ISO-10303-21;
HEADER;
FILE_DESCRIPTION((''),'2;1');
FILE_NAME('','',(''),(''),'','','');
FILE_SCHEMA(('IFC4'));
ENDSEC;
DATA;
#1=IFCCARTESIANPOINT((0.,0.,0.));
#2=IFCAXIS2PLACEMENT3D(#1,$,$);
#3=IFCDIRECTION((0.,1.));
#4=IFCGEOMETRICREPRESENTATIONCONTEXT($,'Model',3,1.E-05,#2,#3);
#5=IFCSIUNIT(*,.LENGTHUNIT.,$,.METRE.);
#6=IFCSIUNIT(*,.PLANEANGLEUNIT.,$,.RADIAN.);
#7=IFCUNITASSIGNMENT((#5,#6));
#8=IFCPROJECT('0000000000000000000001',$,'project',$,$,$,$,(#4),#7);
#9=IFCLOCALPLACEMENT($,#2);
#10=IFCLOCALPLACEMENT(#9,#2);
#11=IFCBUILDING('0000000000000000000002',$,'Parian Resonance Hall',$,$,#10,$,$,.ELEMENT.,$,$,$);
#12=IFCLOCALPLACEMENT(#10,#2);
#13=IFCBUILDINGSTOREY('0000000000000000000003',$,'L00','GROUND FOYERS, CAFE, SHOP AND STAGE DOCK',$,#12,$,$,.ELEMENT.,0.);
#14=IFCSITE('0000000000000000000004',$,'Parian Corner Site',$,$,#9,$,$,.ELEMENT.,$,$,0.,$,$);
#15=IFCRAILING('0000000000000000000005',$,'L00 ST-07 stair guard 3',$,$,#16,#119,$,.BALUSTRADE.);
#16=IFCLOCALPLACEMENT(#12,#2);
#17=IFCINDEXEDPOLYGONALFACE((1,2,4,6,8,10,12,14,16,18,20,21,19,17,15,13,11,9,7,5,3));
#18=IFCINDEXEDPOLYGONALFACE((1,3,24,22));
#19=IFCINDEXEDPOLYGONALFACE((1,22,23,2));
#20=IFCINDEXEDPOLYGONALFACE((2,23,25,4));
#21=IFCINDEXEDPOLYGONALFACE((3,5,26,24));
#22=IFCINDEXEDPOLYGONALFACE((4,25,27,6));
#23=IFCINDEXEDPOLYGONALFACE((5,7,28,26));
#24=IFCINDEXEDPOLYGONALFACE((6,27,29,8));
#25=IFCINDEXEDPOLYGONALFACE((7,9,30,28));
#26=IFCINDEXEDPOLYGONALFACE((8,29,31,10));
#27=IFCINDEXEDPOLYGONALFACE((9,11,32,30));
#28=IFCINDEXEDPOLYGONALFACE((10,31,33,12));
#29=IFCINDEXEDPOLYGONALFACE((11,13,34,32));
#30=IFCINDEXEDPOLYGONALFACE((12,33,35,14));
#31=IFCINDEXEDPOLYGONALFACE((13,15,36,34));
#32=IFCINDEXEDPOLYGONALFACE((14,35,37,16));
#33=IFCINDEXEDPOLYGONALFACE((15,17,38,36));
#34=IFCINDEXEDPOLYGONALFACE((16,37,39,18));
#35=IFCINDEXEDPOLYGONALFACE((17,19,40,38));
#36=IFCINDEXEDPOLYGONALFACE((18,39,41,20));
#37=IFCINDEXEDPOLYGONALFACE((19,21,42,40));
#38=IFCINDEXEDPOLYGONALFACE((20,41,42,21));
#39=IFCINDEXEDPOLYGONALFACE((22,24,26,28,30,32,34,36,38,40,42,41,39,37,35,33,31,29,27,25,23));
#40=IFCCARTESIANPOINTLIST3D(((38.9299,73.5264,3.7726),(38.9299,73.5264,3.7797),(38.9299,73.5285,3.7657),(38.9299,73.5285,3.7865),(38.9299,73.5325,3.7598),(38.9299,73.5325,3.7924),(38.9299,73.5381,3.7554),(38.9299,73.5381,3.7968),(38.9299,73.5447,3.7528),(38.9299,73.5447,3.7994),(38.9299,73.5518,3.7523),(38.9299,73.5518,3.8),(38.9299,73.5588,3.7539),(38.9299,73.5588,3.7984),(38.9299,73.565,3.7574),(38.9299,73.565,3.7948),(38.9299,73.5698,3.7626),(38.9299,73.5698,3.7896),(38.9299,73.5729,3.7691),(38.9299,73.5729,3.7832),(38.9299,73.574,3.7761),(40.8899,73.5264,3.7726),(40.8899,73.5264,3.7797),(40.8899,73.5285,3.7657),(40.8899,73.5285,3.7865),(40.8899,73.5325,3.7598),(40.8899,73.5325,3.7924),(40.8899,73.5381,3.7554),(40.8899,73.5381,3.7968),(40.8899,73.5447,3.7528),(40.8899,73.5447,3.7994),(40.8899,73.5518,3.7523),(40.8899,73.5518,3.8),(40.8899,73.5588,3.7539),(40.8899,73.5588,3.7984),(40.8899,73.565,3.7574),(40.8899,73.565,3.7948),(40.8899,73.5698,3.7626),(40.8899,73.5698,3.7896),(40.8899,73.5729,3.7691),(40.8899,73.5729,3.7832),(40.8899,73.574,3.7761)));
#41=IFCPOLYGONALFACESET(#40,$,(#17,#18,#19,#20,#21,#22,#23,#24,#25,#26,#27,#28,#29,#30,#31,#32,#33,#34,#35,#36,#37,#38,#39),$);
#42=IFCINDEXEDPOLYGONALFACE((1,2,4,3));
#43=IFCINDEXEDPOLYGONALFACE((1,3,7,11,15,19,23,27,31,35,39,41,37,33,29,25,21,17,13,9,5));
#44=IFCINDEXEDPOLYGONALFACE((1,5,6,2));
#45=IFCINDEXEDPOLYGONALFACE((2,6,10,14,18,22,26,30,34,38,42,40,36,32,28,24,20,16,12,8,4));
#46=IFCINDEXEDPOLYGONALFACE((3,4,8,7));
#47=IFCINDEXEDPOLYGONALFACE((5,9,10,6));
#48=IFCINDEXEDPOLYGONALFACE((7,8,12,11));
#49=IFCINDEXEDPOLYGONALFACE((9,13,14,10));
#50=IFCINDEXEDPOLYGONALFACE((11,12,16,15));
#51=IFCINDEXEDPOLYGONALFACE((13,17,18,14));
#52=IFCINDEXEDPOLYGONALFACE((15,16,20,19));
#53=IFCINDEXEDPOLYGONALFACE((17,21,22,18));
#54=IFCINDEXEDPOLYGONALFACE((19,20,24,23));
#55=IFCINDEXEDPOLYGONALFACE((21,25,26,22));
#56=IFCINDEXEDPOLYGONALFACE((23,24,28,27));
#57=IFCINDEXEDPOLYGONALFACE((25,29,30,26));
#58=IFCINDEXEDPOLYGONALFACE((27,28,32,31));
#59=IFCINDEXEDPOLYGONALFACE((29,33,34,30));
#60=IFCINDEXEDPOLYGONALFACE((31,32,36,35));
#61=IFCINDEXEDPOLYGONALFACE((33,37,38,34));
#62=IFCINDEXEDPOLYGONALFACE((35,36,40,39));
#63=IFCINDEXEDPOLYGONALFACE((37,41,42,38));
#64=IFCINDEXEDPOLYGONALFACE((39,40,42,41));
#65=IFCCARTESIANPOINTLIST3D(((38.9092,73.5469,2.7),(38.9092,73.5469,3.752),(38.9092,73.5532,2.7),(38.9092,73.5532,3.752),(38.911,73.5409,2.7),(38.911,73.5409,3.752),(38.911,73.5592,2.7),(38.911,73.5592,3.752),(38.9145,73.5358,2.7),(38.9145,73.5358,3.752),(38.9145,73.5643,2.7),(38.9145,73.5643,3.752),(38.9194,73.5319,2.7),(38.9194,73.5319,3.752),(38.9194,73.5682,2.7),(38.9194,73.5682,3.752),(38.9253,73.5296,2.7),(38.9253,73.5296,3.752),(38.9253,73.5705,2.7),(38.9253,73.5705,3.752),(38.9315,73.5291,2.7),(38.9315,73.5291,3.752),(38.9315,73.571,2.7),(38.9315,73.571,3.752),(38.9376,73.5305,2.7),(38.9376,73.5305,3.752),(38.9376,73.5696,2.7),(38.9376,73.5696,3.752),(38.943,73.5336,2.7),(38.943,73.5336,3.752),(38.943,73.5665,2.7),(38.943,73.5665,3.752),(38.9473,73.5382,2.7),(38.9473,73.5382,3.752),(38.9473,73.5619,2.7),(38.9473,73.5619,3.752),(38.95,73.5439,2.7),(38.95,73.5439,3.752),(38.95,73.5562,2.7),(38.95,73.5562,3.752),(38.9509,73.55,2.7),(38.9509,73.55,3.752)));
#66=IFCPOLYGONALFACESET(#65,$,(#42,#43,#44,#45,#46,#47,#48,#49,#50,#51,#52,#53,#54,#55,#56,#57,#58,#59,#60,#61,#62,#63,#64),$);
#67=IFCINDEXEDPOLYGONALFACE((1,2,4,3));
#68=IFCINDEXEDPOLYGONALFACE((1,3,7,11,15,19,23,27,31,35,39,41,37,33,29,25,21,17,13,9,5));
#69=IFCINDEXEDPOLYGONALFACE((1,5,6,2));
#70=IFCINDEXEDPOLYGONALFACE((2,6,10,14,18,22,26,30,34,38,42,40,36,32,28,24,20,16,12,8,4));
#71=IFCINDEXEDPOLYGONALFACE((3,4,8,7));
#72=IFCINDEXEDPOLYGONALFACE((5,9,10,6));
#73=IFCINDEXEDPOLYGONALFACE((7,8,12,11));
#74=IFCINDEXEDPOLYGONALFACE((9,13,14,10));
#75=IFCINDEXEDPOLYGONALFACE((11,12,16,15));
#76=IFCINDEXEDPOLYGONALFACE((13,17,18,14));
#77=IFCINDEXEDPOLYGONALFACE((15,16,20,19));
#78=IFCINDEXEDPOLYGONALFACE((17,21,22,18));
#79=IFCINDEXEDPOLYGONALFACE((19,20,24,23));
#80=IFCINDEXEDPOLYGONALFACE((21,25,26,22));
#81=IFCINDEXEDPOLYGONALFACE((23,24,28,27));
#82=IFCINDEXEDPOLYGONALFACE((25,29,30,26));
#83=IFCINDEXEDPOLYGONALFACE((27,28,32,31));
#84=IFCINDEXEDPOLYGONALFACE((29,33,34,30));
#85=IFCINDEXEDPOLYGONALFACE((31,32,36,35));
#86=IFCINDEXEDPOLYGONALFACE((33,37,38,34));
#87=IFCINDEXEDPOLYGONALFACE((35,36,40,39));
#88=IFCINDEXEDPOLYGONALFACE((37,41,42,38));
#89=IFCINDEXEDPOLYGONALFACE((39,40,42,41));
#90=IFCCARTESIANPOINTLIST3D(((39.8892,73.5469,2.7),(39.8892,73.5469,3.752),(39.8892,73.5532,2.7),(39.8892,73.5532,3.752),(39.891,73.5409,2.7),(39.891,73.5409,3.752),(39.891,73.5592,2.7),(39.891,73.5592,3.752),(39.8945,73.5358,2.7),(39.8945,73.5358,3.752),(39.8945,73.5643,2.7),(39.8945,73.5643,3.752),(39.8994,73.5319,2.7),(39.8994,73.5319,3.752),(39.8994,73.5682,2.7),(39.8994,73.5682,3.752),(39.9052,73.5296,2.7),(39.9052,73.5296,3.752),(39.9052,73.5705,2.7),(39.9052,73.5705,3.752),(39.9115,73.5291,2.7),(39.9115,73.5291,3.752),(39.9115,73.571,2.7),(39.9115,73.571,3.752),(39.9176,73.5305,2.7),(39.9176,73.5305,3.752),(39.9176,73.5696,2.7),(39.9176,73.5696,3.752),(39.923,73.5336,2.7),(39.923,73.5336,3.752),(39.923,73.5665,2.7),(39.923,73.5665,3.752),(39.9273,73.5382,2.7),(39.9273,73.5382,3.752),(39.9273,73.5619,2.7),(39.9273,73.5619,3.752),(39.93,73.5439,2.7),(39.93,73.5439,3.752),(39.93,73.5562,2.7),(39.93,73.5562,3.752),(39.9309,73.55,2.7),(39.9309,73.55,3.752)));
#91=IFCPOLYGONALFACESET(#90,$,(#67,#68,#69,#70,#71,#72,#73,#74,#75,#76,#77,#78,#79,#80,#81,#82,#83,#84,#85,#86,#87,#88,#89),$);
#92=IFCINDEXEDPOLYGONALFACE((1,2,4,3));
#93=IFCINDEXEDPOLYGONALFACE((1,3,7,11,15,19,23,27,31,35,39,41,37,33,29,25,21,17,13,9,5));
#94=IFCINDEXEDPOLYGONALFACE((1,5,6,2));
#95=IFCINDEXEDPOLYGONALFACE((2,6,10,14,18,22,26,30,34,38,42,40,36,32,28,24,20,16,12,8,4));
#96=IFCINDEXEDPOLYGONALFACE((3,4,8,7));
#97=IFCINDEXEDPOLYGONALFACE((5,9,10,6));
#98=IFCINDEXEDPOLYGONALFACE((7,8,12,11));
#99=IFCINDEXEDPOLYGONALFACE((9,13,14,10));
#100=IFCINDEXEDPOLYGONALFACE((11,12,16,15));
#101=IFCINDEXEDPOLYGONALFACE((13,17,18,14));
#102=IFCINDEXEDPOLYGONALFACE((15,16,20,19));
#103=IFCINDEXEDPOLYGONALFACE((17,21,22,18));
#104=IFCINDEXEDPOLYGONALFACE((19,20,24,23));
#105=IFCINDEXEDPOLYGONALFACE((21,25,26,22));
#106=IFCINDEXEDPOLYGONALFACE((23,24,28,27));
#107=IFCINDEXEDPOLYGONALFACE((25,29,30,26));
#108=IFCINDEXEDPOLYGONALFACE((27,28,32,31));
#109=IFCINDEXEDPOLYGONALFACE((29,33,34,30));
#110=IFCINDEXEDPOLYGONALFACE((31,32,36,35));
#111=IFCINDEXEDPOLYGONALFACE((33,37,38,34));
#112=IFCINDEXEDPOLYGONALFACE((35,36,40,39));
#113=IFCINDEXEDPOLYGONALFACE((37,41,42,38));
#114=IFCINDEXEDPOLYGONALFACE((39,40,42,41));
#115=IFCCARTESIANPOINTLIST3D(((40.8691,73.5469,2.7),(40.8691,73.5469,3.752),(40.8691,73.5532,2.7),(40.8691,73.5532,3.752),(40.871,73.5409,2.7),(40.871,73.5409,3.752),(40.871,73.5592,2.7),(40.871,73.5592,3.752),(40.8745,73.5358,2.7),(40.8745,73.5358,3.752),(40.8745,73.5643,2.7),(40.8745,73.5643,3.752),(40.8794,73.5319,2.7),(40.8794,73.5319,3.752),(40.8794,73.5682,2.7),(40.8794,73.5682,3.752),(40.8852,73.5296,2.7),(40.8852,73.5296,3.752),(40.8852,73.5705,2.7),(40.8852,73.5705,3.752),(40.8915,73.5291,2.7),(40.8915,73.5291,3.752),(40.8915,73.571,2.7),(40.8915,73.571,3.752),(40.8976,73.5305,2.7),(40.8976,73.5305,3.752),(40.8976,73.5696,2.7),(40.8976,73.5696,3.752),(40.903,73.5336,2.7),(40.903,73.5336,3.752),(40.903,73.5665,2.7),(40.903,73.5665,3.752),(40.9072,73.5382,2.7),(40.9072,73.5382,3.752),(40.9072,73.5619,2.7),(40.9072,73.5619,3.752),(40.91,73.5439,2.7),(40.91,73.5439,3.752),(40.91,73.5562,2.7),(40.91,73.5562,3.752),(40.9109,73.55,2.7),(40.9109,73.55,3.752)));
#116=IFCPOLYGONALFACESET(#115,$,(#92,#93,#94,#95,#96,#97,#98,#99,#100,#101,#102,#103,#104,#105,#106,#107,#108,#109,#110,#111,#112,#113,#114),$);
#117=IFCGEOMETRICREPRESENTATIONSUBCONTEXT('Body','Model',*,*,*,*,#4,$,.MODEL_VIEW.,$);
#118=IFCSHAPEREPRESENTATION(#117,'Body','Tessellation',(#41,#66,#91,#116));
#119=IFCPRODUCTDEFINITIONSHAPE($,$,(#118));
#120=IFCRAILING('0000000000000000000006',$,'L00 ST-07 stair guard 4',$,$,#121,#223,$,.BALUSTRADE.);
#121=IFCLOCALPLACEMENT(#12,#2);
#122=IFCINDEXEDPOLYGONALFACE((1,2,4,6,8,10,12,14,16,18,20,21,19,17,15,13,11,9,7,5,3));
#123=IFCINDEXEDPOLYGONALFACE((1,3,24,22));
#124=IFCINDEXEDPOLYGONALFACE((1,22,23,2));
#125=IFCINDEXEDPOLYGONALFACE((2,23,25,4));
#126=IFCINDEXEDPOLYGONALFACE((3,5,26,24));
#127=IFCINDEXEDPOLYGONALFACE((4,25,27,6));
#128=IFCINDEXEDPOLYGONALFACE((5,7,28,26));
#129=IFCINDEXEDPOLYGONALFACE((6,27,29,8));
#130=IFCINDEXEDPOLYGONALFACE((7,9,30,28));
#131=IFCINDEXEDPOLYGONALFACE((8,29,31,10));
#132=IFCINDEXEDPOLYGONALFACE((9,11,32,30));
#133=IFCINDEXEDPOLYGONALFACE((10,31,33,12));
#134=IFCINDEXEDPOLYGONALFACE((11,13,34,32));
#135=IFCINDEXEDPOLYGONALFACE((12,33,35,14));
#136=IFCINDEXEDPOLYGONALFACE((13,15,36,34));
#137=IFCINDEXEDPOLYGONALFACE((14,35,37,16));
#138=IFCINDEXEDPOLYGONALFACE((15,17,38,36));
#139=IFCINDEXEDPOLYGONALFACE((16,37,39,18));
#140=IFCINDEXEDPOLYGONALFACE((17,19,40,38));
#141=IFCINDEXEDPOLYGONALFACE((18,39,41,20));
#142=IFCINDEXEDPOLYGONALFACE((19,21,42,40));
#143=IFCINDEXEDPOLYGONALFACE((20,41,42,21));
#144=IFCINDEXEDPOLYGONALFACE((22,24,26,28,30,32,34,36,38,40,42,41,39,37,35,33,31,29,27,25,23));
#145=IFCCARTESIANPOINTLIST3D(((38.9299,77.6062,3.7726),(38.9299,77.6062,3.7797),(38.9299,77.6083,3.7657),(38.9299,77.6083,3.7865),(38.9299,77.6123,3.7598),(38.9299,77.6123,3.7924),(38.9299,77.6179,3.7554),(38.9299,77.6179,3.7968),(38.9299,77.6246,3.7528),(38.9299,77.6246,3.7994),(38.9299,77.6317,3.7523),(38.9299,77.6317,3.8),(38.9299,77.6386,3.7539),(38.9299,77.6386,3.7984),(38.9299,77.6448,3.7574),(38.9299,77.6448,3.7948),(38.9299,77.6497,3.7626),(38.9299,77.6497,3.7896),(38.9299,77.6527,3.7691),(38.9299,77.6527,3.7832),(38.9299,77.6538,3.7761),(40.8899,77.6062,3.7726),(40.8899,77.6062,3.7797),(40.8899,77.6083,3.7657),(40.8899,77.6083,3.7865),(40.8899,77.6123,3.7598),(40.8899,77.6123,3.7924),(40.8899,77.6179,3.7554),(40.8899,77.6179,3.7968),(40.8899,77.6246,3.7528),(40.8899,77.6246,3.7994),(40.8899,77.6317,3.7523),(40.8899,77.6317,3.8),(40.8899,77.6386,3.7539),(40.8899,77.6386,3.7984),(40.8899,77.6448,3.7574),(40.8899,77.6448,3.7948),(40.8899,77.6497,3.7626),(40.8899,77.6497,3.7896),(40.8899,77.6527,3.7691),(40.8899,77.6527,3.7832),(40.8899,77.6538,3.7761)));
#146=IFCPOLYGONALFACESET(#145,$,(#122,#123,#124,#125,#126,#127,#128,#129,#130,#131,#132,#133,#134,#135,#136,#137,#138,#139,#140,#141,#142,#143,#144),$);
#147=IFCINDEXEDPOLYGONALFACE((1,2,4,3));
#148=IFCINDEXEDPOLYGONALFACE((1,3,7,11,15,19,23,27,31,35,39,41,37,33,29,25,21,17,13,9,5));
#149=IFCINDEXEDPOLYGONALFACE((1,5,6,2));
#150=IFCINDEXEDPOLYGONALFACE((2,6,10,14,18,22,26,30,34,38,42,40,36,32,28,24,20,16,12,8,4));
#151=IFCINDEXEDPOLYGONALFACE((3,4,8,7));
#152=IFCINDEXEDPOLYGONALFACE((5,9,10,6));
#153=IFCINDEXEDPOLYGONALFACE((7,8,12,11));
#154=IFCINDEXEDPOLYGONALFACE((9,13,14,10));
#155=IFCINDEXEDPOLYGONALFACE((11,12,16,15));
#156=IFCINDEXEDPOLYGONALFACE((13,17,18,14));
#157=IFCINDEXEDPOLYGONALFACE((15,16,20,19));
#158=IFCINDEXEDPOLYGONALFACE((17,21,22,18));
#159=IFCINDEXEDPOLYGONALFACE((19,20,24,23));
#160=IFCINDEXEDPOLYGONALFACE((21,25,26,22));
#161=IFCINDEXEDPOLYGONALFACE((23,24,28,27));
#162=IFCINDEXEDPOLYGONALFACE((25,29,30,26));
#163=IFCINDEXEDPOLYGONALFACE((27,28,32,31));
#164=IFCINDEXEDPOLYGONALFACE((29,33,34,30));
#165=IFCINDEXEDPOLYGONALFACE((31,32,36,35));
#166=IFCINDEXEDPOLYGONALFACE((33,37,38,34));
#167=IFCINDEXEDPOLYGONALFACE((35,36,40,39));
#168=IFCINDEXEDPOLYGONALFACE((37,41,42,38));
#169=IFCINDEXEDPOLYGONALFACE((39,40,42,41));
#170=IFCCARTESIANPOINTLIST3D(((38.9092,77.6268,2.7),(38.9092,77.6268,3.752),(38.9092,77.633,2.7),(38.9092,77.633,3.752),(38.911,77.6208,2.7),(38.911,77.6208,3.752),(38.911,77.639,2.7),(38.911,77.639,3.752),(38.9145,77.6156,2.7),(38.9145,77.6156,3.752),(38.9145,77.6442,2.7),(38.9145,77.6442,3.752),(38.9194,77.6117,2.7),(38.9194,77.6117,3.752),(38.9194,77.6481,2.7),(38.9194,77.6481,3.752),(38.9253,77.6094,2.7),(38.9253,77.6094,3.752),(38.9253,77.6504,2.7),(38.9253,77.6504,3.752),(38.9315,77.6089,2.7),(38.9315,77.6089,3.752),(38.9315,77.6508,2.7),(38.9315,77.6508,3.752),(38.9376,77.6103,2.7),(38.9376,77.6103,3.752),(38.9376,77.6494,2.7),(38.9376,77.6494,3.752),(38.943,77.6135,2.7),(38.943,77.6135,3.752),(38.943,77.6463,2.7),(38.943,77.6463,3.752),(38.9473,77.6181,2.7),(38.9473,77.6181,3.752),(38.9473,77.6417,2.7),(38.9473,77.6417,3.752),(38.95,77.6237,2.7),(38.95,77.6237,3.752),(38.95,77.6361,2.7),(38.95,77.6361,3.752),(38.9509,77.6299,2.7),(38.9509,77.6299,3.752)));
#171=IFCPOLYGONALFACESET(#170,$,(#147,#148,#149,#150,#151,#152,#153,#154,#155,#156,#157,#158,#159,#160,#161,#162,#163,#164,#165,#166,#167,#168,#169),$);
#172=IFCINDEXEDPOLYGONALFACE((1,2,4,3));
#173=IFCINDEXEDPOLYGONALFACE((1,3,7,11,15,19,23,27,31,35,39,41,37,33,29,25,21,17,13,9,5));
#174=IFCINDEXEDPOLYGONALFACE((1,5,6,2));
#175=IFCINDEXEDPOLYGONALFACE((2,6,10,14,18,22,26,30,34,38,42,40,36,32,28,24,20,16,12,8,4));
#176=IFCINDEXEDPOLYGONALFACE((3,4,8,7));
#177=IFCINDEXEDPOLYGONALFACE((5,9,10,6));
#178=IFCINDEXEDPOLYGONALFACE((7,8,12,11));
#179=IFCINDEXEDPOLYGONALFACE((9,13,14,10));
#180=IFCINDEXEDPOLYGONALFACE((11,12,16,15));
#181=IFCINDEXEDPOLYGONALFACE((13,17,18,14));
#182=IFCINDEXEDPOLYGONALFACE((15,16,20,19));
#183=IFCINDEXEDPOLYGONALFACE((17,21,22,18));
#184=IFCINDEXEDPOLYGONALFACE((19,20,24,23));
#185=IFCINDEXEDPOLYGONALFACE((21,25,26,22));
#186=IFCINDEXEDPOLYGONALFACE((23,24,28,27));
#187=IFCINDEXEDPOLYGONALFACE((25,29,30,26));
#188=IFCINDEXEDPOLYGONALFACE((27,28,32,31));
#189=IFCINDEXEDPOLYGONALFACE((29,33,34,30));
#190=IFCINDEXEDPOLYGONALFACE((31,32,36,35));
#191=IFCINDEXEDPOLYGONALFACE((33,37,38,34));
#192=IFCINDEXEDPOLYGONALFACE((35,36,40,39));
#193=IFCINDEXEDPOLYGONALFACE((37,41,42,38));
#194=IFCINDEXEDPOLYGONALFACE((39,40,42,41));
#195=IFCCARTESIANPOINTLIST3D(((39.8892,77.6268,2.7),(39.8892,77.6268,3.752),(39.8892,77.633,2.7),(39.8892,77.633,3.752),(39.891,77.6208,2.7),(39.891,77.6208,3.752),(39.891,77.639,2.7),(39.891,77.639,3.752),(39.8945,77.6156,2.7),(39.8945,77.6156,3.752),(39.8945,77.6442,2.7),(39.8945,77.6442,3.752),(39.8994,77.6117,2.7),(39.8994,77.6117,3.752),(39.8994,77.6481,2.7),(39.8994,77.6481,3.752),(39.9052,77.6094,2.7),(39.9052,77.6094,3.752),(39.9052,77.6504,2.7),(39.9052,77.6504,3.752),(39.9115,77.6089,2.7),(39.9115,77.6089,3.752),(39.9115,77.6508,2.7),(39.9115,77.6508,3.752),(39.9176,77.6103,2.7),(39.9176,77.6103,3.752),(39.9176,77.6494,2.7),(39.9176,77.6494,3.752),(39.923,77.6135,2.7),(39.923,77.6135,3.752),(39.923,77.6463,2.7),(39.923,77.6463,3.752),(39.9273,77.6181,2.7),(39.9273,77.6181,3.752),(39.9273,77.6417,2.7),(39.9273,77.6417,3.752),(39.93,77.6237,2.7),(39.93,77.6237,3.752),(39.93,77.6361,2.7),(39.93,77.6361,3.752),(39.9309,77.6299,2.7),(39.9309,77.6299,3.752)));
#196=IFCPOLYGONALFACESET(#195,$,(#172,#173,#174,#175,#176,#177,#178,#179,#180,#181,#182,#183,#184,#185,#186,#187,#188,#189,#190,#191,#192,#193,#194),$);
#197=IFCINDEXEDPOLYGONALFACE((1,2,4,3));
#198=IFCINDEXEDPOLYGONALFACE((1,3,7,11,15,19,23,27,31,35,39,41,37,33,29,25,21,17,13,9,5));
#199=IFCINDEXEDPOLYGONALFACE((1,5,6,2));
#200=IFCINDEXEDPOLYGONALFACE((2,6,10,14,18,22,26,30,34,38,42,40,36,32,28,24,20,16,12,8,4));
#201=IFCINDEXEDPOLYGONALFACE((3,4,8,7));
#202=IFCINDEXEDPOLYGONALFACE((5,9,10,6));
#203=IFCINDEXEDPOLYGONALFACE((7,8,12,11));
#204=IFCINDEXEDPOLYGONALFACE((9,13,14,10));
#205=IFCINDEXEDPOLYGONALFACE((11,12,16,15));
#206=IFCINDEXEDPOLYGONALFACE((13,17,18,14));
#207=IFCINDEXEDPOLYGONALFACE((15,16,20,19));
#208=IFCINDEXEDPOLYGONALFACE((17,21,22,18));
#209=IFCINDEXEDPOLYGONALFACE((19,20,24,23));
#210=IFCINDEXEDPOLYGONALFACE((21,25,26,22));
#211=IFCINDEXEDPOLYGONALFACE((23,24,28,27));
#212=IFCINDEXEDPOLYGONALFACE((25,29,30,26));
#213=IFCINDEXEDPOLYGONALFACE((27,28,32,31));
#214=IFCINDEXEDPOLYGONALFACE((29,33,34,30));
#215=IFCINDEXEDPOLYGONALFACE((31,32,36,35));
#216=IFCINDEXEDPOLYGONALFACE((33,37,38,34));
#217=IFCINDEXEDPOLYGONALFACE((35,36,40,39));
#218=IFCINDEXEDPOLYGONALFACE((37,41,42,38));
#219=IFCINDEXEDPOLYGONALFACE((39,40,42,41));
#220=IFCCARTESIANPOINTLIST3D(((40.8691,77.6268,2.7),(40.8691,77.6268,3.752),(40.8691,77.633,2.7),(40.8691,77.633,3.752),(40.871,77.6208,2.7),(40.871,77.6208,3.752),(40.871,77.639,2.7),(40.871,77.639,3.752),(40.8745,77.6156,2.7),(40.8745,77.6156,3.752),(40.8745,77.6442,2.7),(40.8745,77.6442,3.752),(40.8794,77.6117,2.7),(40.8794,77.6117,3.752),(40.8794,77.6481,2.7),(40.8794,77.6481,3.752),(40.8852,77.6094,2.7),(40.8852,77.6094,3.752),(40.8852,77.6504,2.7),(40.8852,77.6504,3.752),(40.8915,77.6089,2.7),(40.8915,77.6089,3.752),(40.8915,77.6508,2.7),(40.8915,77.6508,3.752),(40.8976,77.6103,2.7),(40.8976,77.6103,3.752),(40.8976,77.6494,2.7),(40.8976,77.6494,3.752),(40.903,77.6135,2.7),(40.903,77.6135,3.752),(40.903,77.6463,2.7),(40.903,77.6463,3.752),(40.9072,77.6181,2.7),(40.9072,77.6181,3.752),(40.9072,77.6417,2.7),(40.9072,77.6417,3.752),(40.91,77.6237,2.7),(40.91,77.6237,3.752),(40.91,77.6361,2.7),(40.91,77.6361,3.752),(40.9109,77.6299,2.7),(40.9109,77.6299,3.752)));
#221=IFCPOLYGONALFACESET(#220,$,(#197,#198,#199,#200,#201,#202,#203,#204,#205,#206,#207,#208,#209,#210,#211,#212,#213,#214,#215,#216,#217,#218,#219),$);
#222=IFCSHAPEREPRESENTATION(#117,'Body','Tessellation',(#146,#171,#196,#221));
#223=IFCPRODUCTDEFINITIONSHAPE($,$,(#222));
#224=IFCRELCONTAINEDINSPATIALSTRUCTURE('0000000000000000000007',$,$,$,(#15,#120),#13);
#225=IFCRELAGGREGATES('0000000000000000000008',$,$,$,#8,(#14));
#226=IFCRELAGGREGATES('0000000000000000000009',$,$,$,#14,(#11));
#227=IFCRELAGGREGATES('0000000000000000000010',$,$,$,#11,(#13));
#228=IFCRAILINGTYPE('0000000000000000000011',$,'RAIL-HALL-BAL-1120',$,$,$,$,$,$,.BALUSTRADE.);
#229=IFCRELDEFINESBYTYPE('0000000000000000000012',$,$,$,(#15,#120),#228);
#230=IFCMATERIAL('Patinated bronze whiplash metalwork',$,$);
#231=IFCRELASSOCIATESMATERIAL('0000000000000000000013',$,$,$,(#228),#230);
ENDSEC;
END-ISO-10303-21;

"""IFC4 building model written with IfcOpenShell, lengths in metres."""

from ifc_helpers import new_model, si_unit, direction, frame, origin, origin_2d, place, context, subcontext, project, spatial, circle, extrude, material, type_object, element, save


model = new_model("IFC4")

# Units and contexts
model_context = context("Model", 3, precision=1e-05, world=origin(), true_north=direction((0.0, 1.0)))
body_context = subcontext(model_context, "Body", "Model", "MODEL_VIEW")
ifc_project = project(units=[si_unit("LENGTHUNIT", "METRE"), si_unit("PLANEANGLEUNIT", "RADIAN")], contexts=[model_context])

# Site, building, storey
site_placement = place(None, origin())
site = spatial("IfcSite", under=ifc_project, at=site_placement, Name="Parian Corner Site", CompositionType="ELEMENT", RefElevation=0.0)
building_placement = place(site_placement, origin())
building = spatial("IfcBuilding", under=site, at=building_placement, Name="Parian Resonance Hall", CompositionType="ELEMENT")
storey_placement = place(building_placement, origin())
storey = spatial("IfcBuildingStorey", under=building, at=storey_placement, Name="L00", Description="GROUND FOYERS, CAFE, SHOP AND STAGE DOCK", CompositionType="ELEMENT", Elevation=0.0)

# Railings
ifc_material_1 = material(Name="Patinated bronze whiplash metalwork")
railing_type_1 = type_object("IfcRailingType", Name="RAIL-HALL-BAL-1120", PredefinedType="BALUSTRADE", material=ifc_material_1)
for number, where, name in (
    (1, (38.9299, 73.55, 2.7), "L00 ST-07 stair guard 3"),
    (2, (38.9299, 77.6299, 2.7), "L00 ST-07 stair guard 4"),
):
    element("IfcRailing", number, at=place(storey_placement, frame(where)), inside=storey, type_object=railing_type_1, Name=name, PredefinedType="BALUSTRADE", context=body_context, shape_type="SweptSolid", body=[
        extrude(circle(Radius=0.0239, at=origin_2d()), frame((0.0, 0.0, 1.0762), z_axis=(1.0, 0.0, 0.0), x_axis=(0.0, 1.0, 0.0)), (0.0, 0.0, 1.0), 1.96),
        extrude(circle(Radius=0.021, at=origin_2d()), origin(), (0.0, 0.0, 1.0), 1.052),
        extrude(circle(Radius=0.021, at=origin_2d()), frame((0.98, 0.0, 0.0)), (0.0, 0.0, 1.0), 1.052),
        extrude(circle(Radius=0.021, at=origin_2d()), frame((1.96, 0.0, 0.0)), (0.0, 0.0, 1.0), 1.052),
    ])

save(model, "model.ifc")
